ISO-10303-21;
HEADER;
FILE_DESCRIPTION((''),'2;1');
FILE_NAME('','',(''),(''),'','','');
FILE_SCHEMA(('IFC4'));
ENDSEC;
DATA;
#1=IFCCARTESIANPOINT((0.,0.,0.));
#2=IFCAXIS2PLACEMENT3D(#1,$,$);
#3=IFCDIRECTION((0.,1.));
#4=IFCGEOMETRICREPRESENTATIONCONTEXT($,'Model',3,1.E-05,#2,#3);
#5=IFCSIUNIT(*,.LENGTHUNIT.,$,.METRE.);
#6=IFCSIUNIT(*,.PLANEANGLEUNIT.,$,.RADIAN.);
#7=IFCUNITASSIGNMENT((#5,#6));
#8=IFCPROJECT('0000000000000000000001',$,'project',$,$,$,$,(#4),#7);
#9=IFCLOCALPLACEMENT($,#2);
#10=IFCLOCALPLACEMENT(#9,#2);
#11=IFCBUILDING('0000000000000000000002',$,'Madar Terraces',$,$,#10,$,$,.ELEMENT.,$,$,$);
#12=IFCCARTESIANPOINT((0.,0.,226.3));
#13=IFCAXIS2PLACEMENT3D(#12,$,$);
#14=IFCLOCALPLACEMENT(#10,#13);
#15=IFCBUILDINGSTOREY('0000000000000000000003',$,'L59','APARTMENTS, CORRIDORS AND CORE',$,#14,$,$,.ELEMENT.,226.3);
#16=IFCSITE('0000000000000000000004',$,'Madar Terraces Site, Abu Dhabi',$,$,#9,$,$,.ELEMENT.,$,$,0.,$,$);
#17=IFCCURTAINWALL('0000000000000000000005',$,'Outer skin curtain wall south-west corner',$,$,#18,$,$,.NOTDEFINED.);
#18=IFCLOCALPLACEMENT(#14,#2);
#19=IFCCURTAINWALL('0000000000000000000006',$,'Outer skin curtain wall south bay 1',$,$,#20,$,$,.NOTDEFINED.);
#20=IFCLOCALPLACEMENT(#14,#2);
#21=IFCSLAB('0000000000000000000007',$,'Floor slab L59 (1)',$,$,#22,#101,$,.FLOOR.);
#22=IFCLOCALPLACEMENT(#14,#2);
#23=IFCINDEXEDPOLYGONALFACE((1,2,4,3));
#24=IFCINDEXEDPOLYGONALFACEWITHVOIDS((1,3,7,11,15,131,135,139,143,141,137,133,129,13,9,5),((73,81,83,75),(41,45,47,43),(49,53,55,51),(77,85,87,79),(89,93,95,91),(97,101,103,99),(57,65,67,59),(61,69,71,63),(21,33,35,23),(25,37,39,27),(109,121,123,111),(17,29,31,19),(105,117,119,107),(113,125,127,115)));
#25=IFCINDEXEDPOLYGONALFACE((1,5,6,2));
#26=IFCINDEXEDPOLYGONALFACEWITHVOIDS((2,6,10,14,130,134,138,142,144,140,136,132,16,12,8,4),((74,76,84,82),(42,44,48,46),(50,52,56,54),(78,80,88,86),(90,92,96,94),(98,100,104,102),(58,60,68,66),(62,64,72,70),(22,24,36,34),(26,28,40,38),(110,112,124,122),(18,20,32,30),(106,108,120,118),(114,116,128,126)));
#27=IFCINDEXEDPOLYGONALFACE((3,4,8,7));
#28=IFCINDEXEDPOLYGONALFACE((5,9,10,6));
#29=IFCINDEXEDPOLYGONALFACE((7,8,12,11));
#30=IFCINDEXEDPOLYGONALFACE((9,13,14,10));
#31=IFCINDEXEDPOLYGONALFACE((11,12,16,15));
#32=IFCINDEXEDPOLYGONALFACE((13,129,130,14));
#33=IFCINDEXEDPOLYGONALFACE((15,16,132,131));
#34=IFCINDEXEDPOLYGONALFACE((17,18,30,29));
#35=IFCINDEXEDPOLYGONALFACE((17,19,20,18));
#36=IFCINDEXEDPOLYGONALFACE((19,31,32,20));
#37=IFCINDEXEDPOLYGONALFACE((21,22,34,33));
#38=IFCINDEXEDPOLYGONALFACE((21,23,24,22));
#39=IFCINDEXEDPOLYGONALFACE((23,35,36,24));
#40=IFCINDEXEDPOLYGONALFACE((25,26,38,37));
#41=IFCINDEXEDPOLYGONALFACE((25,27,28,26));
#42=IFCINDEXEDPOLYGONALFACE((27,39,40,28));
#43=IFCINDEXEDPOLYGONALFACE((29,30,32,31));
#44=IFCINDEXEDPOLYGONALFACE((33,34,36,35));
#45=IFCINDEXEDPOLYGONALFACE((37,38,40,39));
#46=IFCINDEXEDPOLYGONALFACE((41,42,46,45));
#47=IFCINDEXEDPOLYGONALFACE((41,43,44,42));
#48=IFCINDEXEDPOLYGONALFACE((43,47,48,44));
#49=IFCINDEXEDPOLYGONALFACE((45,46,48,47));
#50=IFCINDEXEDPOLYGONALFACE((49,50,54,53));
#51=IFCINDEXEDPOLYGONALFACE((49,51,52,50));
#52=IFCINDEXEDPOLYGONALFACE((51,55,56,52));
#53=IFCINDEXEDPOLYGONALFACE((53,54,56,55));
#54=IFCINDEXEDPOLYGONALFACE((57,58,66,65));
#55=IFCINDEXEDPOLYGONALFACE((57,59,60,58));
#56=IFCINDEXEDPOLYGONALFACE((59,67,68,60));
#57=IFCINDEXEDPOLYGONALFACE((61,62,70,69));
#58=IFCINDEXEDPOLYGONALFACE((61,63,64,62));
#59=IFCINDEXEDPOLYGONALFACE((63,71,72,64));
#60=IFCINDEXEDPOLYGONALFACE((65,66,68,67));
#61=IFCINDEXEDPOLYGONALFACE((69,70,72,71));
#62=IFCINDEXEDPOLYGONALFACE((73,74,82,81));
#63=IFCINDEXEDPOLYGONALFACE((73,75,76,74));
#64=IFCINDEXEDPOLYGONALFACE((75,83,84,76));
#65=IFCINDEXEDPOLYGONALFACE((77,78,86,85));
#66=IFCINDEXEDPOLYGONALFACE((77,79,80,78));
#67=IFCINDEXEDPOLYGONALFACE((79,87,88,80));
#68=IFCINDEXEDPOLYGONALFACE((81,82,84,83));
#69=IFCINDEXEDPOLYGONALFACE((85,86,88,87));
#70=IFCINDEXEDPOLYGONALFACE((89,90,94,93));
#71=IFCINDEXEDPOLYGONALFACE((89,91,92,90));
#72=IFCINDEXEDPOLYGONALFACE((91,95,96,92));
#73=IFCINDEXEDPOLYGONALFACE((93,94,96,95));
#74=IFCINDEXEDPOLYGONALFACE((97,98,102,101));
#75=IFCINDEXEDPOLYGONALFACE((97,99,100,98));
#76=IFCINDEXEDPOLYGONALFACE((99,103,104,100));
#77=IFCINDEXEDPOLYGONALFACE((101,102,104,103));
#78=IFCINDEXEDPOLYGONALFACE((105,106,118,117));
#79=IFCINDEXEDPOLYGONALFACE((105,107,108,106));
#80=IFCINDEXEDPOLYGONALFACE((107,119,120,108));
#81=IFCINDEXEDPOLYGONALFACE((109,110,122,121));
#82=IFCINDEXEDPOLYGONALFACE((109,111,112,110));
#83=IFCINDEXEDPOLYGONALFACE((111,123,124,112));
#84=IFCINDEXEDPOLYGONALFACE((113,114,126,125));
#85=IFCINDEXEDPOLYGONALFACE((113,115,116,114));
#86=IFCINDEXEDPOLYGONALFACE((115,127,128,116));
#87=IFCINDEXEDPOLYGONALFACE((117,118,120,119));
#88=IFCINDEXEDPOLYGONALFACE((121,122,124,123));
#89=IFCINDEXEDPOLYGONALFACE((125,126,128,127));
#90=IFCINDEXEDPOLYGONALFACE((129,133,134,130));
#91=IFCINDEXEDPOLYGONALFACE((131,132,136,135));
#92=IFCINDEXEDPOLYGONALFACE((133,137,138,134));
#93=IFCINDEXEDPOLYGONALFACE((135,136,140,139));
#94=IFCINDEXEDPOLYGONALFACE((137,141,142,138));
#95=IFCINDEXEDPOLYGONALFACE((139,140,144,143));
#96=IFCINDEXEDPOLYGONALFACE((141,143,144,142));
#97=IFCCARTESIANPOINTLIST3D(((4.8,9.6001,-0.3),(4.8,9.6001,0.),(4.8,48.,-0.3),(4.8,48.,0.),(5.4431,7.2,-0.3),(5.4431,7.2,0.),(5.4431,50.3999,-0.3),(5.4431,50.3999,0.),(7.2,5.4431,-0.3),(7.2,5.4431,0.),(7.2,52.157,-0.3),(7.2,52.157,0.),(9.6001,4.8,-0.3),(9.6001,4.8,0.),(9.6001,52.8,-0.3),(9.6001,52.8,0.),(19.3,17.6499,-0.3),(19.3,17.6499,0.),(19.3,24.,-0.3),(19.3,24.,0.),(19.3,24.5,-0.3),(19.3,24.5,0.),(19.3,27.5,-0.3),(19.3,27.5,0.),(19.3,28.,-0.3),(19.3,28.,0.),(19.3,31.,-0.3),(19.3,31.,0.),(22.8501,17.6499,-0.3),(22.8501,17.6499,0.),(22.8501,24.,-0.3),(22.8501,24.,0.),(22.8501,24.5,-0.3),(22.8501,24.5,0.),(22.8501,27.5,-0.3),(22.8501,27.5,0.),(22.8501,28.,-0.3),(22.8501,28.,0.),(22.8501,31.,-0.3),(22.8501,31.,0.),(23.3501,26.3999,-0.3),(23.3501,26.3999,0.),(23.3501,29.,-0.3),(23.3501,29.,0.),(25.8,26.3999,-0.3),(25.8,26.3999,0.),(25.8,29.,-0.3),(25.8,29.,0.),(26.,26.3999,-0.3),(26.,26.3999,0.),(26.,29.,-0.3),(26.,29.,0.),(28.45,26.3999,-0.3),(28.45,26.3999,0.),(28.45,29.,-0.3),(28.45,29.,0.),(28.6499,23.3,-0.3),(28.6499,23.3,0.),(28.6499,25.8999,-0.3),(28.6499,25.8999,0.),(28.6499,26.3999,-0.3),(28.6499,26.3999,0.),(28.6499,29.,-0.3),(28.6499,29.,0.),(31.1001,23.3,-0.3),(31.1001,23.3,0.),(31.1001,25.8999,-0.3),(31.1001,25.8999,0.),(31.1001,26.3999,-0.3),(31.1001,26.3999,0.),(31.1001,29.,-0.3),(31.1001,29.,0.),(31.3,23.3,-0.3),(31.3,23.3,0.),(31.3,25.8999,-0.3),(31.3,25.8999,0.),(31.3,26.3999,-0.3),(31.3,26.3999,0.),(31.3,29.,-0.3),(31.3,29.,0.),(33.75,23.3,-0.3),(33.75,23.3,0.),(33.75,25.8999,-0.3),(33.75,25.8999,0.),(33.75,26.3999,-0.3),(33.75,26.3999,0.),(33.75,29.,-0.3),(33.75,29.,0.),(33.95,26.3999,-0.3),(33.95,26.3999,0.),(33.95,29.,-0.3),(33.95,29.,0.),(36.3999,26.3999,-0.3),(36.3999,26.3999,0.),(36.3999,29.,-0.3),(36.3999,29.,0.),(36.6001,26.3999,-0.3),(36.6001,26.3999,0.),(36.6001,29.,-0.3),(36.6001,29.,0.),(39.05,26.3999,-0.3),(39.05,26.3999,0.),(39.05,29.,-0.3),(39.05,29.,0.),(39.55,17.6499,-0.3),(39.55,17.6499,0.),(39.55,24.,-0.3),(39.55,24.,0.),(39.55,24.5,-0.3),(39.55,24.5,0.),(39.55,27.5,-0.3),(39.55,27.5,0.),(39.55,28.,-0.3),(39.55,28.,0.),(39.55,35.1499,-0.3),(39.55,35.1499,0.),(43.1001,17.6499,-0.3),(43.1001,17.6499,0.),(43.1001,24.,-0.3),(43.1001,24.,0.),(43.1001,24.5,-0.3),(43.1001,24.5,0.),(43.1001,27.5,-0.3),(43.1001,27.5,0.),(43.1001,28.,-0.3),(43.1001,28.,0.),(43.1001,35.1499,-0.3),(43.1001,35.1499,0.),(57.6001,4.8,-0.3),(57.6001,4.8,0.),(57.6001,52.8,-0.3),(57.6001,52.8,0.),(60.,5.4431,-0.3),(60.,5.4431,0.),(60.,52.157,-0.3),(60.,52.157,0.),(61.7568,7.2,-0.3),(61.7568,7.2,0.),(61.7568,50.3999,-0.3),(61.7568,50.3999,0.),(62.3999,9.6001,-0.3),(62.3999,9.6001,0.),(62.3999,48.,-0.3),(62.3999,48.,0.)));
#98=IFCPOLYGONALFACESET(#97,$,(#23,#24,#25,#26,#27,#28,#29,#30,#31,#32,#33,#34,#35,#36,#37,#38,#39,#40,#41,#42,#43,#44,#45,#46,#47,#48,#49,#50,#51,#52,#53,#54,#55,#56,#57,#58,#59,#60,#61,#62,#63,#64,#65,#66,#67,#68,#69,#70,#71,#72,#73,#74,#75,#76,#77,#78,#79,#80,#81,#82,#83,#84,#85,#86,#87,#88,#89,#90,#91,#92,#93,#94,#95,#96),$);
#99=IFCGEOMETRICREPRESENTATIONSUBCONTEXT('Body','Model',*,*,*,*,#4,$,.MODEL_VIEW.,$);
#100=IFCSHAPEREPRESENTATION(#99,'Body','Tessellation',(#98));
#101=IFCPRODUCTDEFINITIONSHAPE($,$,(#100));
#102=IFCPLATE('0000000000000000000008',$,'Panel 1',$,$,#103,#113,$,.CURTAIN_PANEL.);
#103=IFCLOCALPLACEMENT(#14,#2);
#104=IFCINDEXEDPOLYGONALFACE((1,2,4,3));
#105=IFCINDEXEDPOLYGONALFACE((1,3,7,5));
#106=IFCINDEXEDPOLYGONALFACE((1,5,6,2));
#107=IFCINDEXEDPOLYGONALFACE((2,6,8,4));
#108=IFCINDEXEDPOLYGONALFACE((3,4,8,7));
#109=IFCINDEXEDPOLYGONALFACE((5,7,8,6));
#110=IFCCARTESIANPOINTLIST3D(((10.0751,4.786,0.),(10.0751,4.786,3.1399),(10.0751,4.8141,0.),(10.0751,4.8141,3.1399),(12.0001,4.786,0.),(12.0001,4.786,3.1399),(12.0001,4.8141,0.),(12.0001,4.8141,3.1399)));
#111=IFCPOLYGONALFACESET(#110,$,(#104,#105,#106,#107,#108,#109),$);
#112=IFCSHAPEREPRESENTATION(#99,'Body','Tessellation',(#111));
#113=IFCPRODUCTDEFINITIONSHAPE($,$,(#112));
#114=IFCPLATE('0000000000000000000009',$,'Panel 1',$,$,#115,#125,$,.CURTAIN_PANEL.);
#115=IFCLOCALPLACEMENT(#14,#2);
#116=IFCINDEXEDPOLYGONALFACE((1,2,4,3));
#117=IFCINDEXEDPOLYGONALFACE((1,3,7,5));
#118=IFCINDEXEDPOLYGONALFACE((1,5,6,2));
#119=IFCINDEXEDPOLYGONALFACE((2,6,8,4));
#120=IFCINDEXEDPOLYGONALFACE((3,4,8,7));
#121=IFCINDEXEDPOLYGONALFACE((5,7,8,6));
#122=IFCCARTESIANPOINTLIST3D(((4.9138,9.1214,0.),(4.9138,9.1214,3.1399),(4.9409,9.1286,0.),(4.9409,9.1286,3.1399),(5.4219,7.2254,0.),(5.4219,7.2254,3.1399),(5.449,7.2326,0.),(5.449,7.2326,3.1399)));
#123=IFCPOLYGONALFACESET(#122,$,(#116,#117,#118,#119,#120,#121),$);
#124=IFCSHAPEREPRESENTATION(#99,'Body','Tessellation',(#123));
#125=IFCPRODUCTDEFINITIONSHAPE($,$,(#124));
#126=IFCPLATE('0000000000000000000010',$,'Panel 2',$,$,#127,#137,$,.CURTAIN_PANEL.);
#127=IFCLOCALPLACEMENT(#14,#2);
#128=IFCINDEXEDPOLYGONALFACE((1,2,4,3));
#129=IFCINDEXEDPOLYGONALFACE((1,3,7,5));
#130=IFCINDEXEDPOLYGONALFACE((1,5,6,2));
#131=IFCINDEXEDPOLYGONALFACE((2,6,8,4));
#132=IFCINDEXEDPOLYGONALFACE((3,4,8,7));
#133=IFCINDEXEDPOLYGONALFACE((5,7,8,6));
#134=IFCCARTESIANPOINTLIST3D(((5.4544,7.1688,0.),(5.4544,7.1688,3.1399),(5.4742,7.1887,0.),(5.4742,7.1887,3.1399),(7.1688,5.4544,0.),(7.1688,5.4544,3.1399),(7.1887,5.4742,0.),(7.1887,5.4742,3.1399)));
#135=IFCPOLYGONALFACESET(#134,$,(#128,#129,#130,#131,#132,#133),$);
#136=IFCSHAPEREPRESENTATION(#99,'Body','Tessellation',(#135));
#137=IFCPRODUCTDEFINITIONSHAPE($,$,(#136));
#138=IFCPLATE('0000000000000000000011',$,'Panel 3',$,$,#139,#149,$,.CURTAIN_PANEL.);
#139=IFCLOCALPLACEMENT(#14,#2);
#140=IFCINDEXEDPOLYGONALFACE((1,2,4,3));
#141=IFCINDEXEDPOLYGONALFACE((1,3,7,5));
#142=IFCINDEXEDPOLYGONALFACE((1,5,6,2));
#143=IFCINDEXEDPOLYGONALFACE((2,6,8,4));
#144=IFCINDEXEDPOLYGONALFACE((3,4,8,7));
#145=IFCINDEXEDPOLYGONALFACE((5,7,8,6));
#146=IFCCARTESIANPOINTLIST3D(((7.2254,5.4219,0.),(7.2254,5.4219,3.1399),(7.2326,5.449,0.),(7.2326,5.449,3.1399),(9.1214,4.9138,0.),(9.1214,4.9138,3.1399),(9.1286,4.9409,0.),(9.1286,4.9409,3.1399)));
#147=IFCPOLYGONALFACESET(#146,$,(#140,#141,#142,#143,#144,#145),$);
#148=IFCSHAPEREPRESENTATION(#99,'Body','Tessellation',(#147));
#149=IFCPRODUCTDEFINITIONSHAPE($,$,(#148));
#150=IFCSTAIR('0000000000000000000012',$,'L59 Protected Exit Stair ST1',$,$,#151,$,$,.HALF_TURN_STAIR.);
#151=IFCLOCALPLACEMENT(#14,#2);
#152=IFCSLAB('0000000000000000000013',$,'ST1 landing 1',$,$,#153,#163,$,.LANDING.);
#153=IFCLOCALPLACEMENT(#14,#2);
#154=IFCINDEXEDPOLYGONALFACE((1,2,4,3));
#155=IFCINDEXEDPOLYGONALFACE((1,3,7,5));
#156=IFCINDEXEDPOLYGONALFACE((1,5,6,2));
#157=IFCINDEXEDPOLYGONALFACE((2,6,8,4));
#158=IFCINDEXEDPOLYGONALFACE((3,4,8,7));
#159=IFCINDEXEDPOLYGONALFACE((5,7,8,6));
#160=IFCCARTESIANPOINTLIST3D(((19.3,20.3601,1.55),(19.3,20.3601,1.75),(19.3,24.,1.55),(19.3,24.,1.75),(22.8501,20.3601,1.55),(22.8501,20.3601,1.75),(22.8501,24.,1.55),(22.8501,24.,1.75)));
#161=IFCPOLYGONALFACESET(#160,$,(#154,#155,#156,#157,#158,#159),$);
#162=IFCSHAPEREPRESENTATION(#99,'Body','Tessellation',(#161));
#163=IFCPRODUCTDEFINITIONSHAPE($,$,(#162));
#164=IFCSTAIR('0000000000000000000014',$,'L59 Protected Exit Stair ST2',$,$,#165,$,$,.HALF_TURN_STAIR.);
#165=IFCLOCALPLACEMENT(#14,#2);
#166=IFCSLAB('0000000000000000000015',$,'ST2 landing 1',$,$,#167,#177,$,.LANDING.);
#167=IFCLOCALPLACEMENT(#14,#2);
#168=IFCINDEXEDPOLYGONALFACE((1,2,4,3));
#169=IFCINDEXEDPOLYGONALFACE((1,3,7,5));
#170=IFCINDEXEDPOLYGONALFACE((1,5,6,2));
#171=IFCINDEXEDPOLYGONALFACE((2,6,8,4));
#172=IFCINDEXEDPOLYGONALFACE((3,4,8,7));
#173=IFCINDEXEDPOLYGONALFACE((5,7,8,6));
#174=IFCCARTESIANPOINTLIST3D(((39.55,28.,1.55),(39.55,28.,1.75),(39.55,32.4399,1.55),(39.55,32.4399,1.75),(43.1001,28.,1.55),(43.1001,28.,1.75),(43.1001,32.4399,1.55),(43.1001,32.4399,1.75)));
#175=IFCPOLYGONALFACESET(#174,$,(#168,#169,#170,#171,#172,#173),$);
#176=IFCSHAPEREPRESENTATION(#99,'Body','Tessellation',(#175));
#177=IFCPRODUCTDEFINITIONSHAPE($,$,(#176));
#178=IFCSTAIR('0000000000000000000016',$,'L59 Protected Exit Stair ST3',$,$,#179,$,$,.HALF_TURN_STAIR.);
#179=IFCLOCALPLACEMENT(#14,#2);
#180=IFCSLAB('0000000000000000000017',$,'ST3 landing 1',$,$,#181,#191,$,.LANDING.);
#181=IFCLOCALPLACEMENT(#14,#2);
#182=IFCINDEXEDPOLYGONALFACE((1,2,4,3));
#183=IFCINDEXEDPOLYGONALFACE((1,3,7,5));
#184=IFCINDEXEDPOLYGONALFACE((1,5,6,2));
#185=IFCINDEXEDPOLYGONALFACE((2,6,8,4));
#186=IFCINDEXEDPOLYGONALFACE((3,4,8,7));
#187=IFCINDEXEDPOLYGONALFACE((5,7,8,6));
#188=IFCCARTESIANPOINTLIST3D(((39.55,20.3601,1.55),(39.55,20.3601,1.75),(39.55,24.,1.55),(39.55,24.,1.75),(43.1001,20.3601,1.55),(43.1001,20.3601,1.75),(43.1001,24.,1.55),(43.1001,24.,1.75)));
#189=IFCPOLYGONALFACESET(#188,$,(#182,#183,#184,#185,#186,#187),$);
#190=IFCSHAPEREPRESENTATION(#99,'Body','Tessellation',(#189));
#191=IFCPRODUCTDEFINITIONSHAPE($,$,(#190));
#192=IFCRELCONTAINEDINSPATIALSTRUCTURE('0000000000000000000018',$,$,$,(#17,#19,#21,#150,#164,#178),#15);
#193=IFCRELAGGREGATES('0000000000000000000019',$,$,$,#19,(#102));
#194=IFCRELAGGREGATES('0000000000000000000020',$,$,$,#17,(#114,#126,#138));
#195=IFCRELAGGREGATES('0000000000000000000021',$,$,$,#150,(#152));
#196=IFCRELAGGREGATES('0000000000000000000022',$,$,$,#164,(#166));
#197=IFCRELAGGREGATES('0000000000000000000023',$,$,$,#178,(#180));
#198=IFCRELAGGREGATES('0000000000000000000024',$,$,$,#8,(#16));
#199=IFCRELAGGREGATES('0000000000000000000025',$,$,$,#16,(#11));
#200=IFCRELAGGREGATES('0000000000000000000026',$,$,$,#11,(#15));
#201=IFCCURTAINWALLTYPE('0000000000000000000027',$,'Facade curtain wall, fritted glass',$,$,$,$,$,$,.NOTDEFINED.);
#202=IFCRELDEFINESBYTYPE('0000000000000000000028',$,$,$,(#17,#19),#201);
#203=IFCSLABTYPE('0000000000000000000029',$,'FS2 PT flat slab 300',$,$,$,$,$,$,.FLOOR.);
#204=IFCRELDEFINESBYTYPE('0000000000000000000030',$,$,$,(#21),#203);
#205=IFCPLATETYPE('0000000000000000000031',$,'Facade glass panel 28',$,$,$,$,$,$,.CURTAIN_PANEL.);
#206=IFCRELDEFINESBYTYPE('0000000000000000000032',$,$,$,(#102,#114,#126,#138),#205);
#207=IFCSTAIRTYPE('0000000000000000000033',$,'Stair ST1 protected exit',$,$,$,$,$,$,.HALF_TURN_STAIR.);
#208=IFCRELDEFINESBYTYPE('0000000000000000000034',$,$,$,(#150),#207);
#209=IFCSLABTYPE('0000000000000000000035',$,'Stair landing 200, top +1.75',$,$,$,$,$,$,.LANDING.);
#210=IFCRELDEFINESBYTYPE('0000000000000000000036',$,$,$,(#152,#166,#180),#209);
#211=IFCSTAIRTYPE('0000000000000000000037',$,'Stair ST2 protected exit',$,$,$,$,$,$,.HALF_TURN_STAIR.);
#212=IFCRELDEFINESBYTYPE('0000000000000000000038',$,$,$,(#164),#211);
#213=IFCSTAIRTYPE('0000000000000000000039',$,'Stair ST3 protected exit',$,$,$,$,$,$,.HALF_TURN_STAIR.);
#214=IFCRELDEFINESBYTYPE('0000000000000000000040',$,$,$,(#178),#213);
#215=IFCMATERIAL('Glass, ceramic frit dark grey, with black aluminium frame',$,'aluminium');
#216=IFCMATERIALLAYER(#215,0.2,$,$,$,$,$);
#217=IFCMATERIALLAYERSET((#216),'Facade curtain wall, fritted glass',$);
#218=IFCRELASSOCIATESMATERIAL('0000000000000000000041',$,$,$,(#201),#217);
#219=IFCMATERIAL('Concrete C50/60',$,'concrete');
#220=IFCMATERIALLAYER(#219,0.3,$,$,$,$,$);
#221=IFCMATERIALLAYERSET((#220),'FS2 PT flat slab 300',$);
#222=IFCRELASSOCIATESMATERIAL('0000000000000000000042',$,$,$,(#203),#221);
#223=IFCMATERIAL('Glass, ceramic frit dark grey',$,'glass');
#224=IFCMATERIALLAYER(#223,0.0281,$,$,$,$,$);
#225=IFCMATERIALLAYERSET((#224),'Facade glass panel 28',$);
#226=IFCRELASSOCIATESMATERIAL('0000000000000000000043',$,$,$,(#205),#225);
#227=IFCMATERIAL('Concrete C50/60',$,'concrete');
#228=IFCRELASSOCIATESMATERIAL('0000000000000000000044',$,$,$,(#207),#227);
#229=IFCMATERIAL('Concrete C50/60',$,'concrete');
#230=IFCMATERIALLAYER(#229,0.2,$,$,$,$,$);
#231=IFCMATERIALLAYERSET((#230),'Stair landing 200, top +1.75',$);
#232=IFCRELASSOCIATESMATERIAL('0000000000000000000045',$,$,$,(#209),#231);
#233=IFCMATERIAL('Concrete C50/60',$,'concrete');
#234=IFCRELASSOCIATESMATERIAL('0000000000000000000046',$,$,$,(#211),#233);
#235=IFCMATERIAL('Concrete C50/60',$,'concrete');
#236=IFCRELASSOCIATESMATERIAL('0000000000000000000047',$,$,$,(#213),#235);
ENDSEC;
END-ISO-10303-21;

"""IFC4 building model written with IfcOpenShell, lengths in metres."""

from ifc_helpers import new_model, si_unit, direction, frame, origin, origin_2d, place, context, subcontext, project, spatial, polyline, rectangle, outline, extrude, material, layer, layer_set, type_object, element, aggregate, save


model = new_model("IFC4")

# Units and contexts
model_context = context("Model", 3, precision=1e-05, world=origin(), true_north=direction((0.0, 1.0)))
body_context = subcontext(model_context, "Body", "Model", "MODEL_VIEW")
ifc_project = project(units=[si_unit("LENGTHUNIT", "METRE"), si_unit("PLANEANGLEUNIT", "RADIAN")], contexts=[model_context])

# Site, building, storey
site_placement = place(None, origin())
site = spatial("IfcSite", under=ifc_project, at=site_placement, Name="Madar Terraces Site, Abu Dhabi", CompositionType="ELEMENT", RefElevation=0.0)
building_placement = place(site_placement, origin())
building = spatial("IfcBuilding", under=site, at=building_placement, Name="Madar Terraces", CompositionType="ELEMENT")
storey_placement = place(building_placement, frame((0.0, 0.0, 226.3)))
storey = spatial("IfcBuildingStorey", under=building, at=storey_placement, Name="L59", Description="APARTMENTS, CORRIDORS AND CORE", CompositionType="ELEMENT", Elevation=226.3)

# Curtain walls
ifc_material_1 = material(Name="Glass, ceramic frit dark grey, with black aluminium frame", Category="aluminium")
ifc_layer_1 = layer(ifc_material_1, 0.2)
ifc_layer_set_1 = layer_set([ifc_layer_1], Name="Facade curtain wall, fritted glass")
curtain_wall_type = type_object("IfcCurtainWallType", Name="Facade curtain wall, fritted glass", PredefinedType="NOTDEFINED", material=ifc_layer_set_1)
curtain_wall_1_placement = place(storey_placement, origin())
curtain_wall_1 = element("IfcCurtainWall", 1, at=curtain_wall_1_placement, inside=storey, type_object=curtain_wall_type, Name="Outer skin curtain wall south-west corner", PredefinedType="NOTDEFINED")
curtain_wall_2_placement = place(storey_placement, origin())
curtain_wall_2 = element("IfcCurtainWall", 2, at=curtain_wall_2_placement, inside=storey, type_object=curtain_wall_type, Name="Outer skin curtain wall south bay 1", PredefinedType="NOTDEFINED")

# Slab
ifc_material_2 = material(Name="Concrete C50/60", Category="concrete")
ifc_layer_2 = layer(ifc_material_2, 0.3)
ifc_layer_set_2 = layer_set([ifc_layer_2], Name="FS2 PT flat slab 300")
slab_type_1 = type_object("IfcSlabType", Name="FS2 PT flat slab 300", PredefinedType="FLOOR", material=ifc_layer_set_2)
slab_1_placement = place(storey_placement, frame((0.0, 0.0, -0.3)))
element("IfcSlab", 3, at=slab_1_placement, inside=storey, type_object=slab_type_1, Name="Floor slab L59 (1)", PredefinedType="FLOOR", context=body_context, shape_type="SweptSolid", body=[
    extrude(outline(polyline([(57.6001, 4.8), (60.0, 5.4431), (61.7568, 7.2), (62.3999, 9.6001), (62.3999, 48.0), (61.7568, 50.3999), (60.0, 52.157), (57.6001, 52.8), (9.6001, 52.8), (7.2, 52.157), (5.4431, 50.3999), (4.8, 48.0), (4.8, 9.6001), (5.4431, 7.2), (7.2, 5.4431), (9.6001, 4.8), (57.6001, 4.8)]), holes=[polyline([(22.8501, 17.6499), (19.3, 17.6499), (19.3, 24.0), (22.8501, 24.0), (22.8501, 17.6499)]), polyline([(28.6499, 23.3), (28.6499, 25.8999), (31.1001, 25.8999), (31.1001, 23.3), (28.6499, 23.3)]), polyline([(19.3, 24.5), (19.3, 27.5), (22.8501, 27.5), (22.8501, 24.5), (19.3, 24.5)]), polyline([(23.3501, 26.3999), (23.3501, 29.0), (25.8, 29.0), (25.8, 26.3999), (23.3501, 26.3999)]), polyline([(26.0, 26.3999), (26.0, 29.0), (28.45, 29.0), (28.45, 26.3999), (26.0, 26.3999)]), polyline([(28.6499, 26.3999), (28.6499, 29.0), (31.1001, 29.0), (31.1001, 26.3999), (28.6499, 26.3999)]), polyline([(19.3, 28.0), (19.3, 31.0), (22.8501, 31.0), (22.8501, 28.0), (19.3, 28.0)]), polyline([(43.1001, 17.6499), (39.55, 17.6499), (39.55, 24.0), (43.1001, 24.0), (43.1001, 17.6499)]), polyline([(31.3, 23.3), (31.3, 25.8999), (33.75, 25.8999), (33.75, 23.3), (31.3, 23.3)]), polyline([(39.55, 24.5), (39.55, 27.5), (43.1001, 27.5), (43.1001, 24.5), (39.55, 24.5)]), polyline([(31.3, 26.3999), (31.3, 29.0), (33.75, 29.0), (33.75, 26.3999), (31.3, 26.3999)]), polyline([(33.95, 26.3999), (33.95, 29.0), (36.3999, 29.0), (36.3999, 26.3999), (33.95, 26.3999)]), polyline([(36.6001, 26.3999), (36.6001, 29.0), (39.05, 29.0), (39.05, 26.3999), (36.6001, 26.3999)]), polyline([(39.55, 28.0), (39.55, 35.1499), (43.1001, 35.1499), (43.1001, 28.0), (39.55, 28.0)])]), origin(), (0.0, 0.0, 1.0), 0.3),
])

# Plates
ifc_material_3 = material(Name="Glass, ceramic frit dark grey", Category="glass")
ifc_layer_3 = layer(ifc_material_3, 0.0281)
ifc_layer_set_3 = layer_set([ifc_layer_3], Name="Facade glass panel 28")
plate_type = type_object("IfcPlateType", Name="Facade glass panel 28", PredefinedType="CURTAIN_PANEL", material=ifc_layer_set_3)
plate_1_placement = place(storey_placement, frame((11.0376, 4.8, 0.0), z_axis=(0.0, 0.0, 1.0), x_axis=(1.0, 0.0, 0.0)))
plate_1 = element("IfcPlate", 4, at=plate_1_placement, type_object=plate_type, Name="Panel 1", PredefinedType="CURTAIN_PANEL", context=body_context, shape_type="SweptSolid", body=[
    extrude(rectangle(XDim=1.925, YDim=0.0281, at=origin_2d()), origin(), (0.0, 0.0, 1.0), 3.1399),
])
aggregate(curtain_wall_2, [plate_1])
plate_2_placement = place(storey_placement, frame((5.1814, 8.177, 0.0), z_axis=(0.0, 0.0, 1.0), x_axis=(0.258819, -0.965926, 0.0)))
plate_2 = element("IfcPlate", 5, at=plate_2_placement, type_object=plate_type, Name="Panel 1", PredefinedType="CURTAIN_PANEL", context=body_context, shape_type="SweptSolid", body=[
    extrude(rectangle(XDim=1.9629, YDim=0.0281, at=origin_2d()), origin(), (0.0, 0.0, 1.0), 3.1399),
])
plate_3_placement = place(storey_placement, frame((6.3215, 6.3215, 0.0), z_axis=(0.0, 0.0, 1.0), x_axis=(0.707107, -0.707107, 0.0)))
plate_3 = element("IfcPlate", 6, at=plate_3_placement, type_object=plate_type, Name="Panel 2", PredefinedType="CURTAIN_PANEL", context=body_context, shape_type="SweptSolid", body=[
    extrude(rectangle(XDim=2.4246, YDim=0.0281, at=origin_2d()), origin(), (0.0, 0.0, 1.0), 3.1399),
])
plate_4_placement = place(storey_placement, frame((8.177, 5.1814, 0.0), z_axis=(0.0, 0.0, 1.0), x_axis=(0.965926, -0.258819, 0.0)))
plate_4 = element("IfcPlate", 7, at=plate_4_placement, type_object=plate_type, Name="Panel 3", PredefinedType="CURTAIN_PANEL", context=body_context, shape_type="SweptSolid", body=[
    extrude(rectangle(XDim=1.9629, YDim=0.0281, at=origin_2d()), origin(), (0.0, 0.0, 1.0), 3.1399),
])
aggregate(curtain_wall_1, [plate_2, plate_3, plate_4])

# Stairs, slabs
ifc_material_4 = material(Name="Concrete C50/60", Category="concrete")
stair_type_1 = type_object("IfcStairType", Name="Stair ST1 protected exit", PredefinedType="HALF_TURN_STAIR", material=ifc_material_4)
stair_1_placement = place(storey_placement, origin())
stair_1 = element("IfcStair", 8, at=stair_1_placement, inside=storey, type_object=stair_type_1, Name="L59 Protected Exit Stair ST1", PredefinedType="HALF_TURN_STAIR")
ifc_material_5 = material(Name="Concrete C50/60", Category="concrete")
ifc_layer_4 = layer(ifc_material_5, 0.2)
ifc_layer_set_4 = layer_set([ifc_layer_4], Name="Stair landing 200, top +1.75")
slab_type_2 = type_object("IfcSlabType", Name="Stair landing 200, top +1.75", PredefinedType="LANDING", material=ifc_layer_set_4)
slab_2_placement = place(storey_placement, frame((0.0, 0.0, 1.55)))
slab_2 = element("IfcSlab", 9, at=slab_2_placement, type_object=slab_type_2, Name="ST1 landing 1", PredefinedType="LANDING", context=body_context, shape_type="SweptSolid", body=[
    extrude(outline(polyline([(19.3, 20.3601), (22.8501, 20.3601), (22.8501, 24.0), (19.3, 24.0), (19.3, 20.3601)])), origin(), (0.0, 0.0, 1.0), 0.2),
])
aggregate(stair_1, [slab_2])
ifc_material_6 = material(Name="Concrete C50/60", Category="concrete")
stair_type_2 = type_object("IfcStairType", Name="Stair ST2 protected exit", PredefinedType="HALF_TURN_STAIR", material=ifc_material_6)
stair_2_placement = place(storey_placement, origin())
stair_2 = element("IfcStair", 10, at=stair_2_placement, inside=storey, type_object=stair_type_2, Name="L59 Protected Exit Stair ST2", PredefinedType="HALF_TURN_STAIR")
slab_3_placement = place(storey_placement, frame((0.0, 0.0, 1.55)))
slab_3 = element("IfcSlab", 11, at=slab_3_placement, type_object=slab_type_2, Name="ST2 landing 1", PredefinedType="LANDING", context=body_context, shape_type="SweptSolid", body=[
    extrude(outline(polyline([(39.55, 28.0), (43.1001, 28.0), (43.1001, 32.4399), (39.55, 32.4399), (39.55, 28.0)])), origin(), (0.0, 0.0, 1.0), 0.2),
])
aggregate(stair_2, [slab_3])
ifc_material_7 = material(Name="Concrete C50/60", Category="concrete")
stair_type_3 = type_object("IfcStairType", Name="Stair ST3 protected exit", PredefinedType="HALF_TURN_STAIR", material=ifc_material_7)
stair_3_placement = place(storey_placement, origin())
stair_3 = element("IfcStair", 12, at=stair_3_placement, inside=storey, type_object=stair_type_3, Name="L59 Protected Exit Stair ST3", PredefinedType="HALF_TURN_STAIR")
slab_4_placement = place(storey_placement, frame((0.0, 0.0, 1.55)))
slab_4 = element("IfcSlab", 13, at=slab_4_placement, type_object=slab_type_2, Name="ST3 landing 1", PredefinedType="LANDING", context=body_context, shape_type="SweptSolid", body=[
    extrude(outline(polyline([(39.55, 20.3601), (43.1001, 20.3601), (43.1001, 24.0), (39.55, 24.0), (39.55, 20.3601)])), origin(), (0.0, 0.0, 1.0), 0.2),
])
aggregate(stair_3, [slab_4])

save(model, "model.ifc")
